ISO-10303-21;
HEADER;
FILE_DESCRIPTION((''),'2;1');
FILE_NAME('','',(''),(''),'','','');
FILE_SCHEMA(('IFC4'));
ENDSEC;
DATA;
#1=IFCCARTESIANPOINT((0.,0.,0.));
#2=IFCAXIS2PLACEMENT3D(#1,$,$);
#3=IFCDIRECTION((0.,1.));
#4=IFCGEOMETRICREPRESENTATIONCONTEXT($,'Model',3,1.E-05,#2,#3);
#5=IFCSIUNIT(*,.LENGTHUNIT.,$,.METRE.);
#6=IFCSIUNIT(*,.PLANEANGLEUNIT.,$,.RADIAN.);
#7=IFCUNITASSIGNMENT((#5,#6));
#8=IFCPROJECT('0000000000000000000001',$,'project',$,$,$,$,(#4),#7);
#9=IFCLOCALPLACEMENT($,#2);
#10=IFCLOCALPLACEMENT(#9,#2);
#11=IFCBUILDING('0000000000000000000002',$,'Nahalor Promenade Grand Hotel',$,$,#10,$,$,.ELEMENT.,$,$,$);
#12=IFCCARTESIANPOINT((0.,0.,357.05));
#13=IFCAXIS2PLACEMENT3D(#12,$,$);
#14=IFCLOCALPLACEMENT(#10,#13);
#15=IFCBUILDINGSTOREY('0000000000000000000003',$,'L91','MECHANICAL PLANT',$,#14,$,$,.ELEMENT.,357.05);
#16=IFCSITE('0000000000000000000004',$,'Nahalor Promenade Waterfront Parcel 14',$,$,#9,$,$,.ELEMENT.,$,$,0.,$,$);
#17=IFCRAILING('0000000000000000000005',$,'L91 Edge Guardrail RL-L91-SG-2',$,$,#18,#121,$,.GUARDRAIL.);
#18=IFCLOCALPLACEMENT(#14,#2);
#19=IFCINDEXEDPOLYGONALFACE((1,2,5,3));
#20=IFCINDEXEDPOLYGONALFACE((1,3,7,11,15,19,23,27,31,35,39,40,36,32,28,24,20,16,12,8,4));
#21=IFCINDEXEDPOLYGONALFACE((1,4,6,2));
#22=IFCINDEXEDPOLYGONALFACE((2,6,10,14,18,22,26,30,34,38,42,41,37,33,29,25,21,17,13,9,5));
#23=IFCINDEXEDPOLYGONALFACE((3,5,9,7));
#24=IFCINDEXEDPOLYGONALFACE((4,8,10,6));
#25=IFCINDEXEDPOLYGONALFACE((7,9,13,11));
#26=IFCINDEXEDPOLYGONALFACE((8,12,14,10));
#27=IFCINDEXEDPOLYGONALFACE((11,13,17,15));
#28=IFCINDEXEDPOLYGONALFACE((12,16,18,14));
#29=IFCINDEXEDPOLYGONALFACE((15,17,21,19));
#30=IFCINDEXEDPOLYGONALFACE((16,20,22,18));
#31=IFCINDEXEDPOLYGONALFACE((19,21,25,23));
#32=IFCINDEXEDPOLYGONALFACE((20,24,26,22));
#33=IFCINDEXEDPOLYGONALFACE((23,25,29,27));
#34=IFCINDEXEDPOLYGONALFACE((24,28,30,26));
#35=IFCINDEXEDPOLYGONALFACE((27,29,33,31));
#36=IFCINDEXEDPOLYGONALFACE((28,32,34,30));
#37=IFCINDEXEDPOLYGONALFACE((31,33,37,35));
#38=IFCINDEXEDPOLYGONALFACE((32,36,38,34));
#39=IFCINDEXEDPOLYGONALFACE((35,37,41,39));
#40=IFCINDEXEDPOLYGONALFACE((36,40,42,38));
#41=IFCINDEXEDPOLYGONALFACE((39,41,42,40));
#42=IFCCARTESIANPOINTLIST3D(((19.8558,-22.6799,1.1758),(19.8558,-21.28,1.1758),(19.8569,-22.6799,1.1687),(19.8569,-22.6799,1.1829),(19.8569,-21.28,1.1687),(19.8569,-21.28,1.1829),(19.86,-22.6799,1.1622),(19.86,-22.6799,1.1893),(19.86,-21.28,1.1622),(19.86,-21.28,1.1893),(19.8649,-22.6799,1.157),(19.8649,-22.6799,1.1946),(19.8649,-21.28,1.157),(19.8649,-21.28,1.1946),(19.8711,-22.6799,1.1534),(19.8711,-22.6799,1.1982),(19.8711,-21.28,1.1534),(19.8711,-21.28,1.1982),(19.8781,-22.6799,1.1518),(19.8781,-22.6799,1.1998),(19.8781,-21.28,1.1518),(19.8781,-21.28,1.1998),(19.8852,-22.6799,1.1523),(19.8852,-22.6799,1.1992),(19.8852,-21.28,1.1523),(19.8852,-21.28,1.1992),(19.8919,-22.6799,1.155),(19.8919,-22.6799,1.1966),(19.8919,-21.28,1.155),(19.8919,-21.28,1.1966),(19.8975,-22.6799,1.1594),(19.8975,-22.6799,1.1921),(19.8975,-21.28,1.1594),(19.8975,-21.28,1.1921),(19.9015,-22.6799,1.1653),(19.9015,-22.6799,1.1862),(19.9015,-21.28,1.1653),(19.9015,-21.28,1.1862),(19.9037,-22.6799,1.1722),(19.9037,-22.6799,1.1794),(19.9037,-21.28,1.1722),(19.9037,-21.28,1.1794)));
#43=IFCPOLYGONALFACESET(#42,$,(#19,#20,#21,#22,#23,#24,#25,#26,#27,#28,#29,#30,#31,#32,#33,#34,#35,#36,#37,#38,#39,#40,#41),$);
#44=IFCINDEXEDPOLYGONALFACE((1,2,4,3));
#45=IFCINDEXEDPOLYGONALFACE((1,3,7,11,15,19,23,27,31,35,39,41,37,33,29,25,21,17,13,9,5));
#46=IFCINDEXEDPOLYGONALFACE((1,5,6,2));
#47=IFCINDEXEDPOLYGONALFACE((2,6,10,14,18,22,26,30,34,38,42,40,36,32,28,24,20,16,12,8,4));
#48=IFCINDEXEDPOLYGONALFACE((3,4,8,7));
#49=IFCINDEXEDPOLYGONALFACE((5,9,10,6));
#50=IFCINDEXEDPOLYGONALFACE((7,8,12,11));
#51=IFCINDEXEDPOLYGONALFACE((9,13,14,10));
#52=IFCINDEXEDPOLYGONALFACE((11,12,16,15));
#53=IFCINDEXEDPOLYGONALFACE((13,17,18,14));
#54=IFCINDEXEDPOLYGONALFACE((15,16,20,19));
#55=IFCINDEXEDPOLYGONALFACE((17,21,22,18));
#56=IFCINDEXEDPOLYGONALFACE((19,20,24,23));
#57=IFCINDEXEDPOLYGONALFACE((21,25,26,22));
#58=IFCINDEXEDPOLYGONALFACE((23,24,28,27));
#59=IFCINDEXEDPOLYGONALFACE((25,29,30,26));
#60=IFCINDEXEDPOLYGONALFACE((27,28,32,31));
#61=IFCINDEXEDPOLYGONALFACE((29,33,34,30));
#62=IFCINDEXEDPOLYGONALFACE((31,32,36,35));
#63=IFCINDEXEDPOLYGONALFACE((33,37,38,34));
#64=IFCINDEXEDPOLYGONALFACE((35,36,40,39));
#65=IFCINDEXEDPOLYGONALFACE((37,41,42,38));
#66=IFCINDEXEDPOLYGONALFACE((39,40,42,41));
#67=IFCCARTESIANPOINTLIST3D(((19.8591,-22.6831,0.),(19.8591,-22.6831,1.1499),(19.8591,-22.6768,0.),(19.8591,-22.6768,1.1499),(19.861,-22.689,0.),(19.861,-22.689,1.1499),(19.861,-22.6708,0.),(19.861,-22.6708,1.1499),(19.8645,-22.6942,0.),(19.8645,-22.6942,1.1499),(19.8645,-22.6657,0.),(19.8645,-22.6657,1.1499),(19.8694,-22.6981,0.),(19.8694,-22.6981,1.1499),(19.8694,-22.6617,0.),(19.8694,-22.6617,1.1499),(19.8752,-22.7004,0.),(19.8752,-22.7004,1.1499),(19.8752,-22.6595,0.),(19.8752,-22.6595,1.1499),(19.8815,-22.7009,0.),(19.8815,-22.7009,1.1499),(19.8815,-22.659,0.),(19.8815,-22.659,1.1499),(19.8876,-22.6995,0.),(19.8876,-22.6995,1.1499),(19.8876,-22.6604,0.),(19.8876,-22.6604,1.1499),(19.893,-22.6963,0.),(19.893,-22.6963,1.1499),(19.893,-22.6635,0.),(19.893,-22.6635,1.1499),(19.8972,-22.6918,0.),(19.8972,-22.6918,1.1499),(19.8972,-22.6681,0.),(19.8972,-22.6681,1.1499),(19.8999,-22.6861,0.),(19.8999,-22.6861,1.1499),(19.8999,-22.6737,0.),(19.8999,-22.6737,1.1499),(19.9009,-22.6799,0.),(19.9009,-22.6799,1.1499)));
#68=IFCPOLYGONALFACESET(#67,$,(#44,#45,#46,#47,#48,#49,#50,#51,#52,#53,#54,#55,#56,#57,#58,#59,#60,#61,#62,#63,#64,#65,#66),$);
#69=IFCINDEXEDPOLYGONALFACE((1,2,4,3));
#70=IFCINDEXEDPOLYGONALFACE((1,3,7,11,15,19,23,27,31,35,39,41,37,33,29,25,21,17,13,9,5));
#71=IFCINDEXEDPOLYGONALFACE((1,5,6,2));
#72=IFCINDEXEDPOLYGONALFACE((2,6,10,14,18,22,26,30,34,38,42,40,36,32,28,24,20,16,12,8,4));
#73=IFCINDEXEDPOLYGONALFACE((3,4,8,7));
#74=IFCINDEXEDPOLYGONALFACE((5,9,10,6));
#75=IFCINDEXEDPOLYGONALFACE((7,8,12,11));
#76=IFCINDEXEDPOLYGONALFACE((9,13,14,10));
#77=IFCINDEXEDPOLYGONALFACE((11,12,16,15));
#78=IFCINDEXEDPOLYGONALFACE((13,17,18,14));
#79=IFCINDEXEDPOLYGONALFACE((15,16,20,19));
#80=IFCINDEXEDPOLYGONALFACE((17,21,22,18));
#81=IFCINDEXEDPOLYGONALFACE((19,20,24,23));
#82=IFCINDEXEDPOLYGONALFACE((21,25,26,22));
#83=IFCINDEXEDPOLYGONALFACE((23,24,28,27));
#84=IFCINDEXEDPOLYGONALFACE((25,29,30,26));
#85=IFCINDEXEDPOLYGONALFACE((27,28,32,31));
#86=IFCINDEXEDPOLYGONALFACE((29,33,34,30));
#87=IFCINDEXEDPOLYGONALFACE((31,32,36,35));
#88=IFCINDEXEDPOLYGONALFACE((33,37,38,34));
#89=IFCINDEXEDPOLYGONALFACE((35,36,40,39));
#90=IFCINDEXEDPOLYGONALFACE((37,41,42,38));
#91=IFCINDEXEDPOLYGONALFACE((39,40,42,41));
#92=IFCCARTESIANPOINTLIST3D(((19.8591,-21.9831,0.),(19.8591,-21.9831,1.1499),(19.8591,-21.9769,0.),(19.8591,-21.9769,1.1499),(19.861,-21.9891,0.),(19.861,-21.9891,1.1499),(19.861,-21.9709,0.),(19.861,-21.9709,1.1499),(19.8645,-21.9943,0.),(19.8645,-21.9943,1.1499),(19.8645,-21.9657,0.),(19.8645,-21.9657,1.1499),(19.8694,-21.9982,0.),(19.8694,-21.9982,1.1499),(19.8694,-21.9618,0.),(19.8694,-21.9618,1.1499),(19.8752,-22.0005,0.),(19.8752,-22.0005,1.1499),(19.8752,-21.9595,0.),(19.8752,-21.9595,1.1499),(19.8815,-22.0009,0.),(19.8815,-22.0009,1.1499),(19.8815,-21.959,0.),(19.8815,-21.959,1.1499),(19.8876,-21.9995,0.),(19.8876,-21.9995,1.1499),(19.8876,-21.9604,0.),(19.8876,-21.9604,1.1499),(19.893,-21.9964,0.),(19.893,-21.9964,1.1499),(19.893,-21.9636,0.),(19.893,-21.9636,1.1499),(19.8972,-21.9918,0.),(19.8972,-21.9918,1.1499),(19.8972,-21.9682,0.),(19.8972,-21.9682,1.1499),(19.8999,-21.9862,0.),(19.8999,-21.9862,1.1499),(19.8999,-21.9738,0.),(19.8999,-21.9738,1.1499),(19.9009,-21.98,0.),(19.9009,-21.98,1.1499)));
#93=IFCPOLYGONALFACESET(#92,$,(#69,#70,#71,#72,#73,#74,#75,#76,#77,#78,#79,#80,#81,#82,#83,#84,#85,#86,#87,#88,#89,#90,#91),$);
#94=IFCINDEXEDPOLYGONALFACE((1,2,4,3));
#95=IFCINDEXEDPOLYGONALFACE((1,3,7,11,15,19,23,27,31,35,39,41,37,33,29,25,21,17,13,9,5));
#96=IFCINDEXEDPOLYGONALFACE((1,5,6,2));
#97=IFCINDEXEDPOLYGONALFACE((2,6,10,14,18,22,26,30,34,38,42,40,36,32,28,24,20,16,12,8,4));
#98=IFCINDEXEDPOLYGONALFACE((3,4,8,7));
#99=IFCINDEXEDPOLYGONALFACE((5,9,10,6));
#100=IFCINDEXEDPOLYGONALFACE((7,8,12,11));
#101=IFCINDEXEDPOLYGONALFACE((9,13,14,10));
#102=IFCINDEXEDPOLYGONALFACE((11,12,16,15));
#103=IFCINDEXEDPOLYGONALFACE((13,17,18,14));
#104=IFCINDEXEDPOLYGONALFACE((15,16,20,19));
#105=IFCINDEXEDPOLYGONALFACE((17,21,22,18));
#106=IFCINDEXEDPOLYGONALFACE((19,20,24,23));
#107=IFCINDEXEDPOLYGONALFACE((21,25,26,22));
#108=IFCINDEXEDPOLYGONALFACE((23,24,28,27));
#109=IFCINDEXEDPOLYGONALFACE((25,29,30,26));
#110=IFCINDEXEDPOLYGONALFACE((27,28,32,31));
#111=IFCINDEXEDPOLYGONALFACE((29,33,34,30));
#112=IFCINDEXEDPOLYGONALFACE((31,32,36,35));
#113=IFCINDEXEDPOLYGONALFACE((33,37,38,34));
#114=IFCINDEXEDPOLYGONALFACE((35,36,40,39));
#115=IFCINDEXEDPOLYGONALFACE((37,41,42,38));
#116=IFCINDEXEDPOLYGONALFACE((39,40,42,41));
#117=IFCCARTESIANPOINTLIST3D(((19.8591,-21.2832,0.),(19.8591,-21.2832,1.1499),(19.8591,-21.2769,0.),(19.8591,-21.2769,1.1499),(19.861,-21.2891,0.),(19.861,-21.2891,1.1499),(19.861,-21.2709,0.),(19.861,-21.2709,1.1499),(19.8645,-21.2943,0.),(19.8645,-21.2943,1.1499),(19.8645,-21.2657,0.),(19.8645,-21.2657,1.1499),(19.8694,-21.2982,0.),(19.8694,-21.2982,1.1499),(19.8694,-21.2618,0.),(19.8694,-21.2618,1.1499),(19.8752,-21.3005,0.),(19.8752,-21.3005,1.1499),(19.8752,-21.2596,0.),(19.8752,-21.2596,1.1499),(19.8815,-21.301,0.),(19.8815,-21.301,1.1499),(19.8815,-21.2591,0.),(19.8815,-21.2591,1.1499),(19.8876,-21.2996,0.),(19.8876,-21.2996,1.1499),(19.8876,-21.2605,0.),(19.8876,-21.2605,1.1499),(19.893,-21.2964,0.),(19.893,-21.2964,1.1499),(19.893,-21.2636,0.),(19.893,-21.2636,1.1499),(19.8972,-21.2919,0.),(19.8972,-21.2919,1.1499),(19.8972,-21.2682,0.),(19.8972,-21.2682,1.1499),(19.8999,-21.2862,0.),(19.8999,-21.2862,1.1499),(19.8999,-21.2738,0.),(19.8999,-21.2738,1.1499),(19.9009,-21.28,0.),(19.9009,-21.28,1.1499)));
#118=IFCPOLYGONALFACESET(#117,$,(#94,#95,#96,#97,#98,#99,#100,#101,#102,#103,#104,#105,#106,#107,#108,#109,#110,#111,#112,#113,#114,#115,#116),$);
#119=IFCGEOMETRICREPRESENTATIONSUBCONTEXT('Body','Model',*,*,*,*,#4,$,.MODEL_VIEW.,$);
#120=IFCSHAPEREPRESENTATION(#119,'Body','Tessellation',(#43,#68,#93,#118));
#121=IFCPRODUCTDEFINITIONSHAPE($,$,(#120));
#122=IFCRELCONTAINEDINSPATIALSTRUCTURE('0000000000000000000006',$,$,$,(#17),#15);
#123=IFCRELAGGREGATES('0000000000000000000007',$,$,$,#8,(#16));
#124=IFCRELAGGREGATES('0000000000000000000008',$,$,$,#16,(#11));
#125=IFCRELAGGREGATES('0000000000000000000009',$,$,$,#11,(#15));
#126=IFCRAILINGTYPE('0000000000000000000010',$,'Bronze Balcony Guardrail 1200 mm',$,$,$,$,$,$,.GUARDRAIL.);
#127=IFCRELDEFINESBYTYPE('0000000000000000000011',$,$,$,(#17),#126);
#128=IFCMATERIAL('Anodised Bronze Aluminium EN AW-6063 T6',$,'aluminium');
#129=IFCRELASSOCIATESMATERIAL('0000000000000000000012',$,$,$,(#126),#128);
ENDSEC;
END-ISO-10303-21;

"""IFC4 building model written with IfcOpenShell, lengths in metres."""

from ifc_helpers import new_model, si_unit, direction, frame, origin, origin_2d, place, context, subcontext, project, spatial, circle, extrude, material, type_object, element, save


model = new_model("IFC4")

# Units and contexts
model_context = context("Model", 3, precision=1e-05, world=origin(), true_north=direction((0.0, 1.0)))
body_context = subcontext(model_context, "Body", "Model", "MODEL_VIEW")
ifc_project = project(units=[si_unit("LENGTHUNIT", "METRE"), si_unit("PLANEANGLEUNIT", "RADIAN")], contexts=[model_context])

# Site, building, storey
site_placement = place(None, origin())
site = spatial("IfcSite", under=ifc_project, at=site_placement, Name="Nahalor Promenade Waterfront Parcel 14", CompositionType="ELEMENT", RefElevation=0.0)
building_placement = place(site_placement, origin())
building = spatial("IfcBuilding", under=site, at=building_placement, Name="Nahalor Promenade Grand Hotel", CompositionType="ELEMENT")
storey_placement = place(building_placement, frame((0.0, 0.0, 357.05)))
storey = spatial("IfcBuildingStorey", under=building, at=storey_placement, Name="L91", Description="MECHANICAL PLANT", CompositionType="ELEMENT", Elevation=357.05)

# Shared definitions
ifc_material_1 = material(Name="Anodised Bronze Aluminium EN AW-6063 T6", Category="aluminium")

# Railing
railing_type = type_object("IfcRailingType", Name="Bronze Balcony Guardrail 1200 mm", PredefinedType="GUARDRAIL", material=ifc_material_1)
railing_1_placement = place(storey_placement, frame((19.8799, -22.6799, 0.0)))
element("IfcRailing", 1, at=railing_1_placement, inside=storey, type_object=railing_type, Name="L91 Edge Guardrail RL-L91-SG-2", PredefinedType="GUARDRAIL", context=body_context, shape_type="SweptSolid", body=[
    extrude(circle(Radius=0.024, at=origin_2d()), frame((0.0, 0.0, 1.1758), z_axis=(0.0, 1.0, 0.0), x_axis=(-1.0, 0.0, 0.0)), (0.0, 0.0, 1.0), 1.3999),
    extrude(circle(Radius=0.021, at=origin_2d()), origin(), (0.0, 0.0, 1.0), 1.1499),
    extrude(circle(Radius=0.021, at=origin_2d()), frame((0.0, 0.7, 0.0)), (0.0, 0.0, 1.0), 1.1499),
    extrude(circle(Radius=0.021, at=origin_2d()), frame((0.0, 1.3999, 0.0)), (0.0, 0.0, 1.0), 1.1499),
])

save(model, "model.ifc")
